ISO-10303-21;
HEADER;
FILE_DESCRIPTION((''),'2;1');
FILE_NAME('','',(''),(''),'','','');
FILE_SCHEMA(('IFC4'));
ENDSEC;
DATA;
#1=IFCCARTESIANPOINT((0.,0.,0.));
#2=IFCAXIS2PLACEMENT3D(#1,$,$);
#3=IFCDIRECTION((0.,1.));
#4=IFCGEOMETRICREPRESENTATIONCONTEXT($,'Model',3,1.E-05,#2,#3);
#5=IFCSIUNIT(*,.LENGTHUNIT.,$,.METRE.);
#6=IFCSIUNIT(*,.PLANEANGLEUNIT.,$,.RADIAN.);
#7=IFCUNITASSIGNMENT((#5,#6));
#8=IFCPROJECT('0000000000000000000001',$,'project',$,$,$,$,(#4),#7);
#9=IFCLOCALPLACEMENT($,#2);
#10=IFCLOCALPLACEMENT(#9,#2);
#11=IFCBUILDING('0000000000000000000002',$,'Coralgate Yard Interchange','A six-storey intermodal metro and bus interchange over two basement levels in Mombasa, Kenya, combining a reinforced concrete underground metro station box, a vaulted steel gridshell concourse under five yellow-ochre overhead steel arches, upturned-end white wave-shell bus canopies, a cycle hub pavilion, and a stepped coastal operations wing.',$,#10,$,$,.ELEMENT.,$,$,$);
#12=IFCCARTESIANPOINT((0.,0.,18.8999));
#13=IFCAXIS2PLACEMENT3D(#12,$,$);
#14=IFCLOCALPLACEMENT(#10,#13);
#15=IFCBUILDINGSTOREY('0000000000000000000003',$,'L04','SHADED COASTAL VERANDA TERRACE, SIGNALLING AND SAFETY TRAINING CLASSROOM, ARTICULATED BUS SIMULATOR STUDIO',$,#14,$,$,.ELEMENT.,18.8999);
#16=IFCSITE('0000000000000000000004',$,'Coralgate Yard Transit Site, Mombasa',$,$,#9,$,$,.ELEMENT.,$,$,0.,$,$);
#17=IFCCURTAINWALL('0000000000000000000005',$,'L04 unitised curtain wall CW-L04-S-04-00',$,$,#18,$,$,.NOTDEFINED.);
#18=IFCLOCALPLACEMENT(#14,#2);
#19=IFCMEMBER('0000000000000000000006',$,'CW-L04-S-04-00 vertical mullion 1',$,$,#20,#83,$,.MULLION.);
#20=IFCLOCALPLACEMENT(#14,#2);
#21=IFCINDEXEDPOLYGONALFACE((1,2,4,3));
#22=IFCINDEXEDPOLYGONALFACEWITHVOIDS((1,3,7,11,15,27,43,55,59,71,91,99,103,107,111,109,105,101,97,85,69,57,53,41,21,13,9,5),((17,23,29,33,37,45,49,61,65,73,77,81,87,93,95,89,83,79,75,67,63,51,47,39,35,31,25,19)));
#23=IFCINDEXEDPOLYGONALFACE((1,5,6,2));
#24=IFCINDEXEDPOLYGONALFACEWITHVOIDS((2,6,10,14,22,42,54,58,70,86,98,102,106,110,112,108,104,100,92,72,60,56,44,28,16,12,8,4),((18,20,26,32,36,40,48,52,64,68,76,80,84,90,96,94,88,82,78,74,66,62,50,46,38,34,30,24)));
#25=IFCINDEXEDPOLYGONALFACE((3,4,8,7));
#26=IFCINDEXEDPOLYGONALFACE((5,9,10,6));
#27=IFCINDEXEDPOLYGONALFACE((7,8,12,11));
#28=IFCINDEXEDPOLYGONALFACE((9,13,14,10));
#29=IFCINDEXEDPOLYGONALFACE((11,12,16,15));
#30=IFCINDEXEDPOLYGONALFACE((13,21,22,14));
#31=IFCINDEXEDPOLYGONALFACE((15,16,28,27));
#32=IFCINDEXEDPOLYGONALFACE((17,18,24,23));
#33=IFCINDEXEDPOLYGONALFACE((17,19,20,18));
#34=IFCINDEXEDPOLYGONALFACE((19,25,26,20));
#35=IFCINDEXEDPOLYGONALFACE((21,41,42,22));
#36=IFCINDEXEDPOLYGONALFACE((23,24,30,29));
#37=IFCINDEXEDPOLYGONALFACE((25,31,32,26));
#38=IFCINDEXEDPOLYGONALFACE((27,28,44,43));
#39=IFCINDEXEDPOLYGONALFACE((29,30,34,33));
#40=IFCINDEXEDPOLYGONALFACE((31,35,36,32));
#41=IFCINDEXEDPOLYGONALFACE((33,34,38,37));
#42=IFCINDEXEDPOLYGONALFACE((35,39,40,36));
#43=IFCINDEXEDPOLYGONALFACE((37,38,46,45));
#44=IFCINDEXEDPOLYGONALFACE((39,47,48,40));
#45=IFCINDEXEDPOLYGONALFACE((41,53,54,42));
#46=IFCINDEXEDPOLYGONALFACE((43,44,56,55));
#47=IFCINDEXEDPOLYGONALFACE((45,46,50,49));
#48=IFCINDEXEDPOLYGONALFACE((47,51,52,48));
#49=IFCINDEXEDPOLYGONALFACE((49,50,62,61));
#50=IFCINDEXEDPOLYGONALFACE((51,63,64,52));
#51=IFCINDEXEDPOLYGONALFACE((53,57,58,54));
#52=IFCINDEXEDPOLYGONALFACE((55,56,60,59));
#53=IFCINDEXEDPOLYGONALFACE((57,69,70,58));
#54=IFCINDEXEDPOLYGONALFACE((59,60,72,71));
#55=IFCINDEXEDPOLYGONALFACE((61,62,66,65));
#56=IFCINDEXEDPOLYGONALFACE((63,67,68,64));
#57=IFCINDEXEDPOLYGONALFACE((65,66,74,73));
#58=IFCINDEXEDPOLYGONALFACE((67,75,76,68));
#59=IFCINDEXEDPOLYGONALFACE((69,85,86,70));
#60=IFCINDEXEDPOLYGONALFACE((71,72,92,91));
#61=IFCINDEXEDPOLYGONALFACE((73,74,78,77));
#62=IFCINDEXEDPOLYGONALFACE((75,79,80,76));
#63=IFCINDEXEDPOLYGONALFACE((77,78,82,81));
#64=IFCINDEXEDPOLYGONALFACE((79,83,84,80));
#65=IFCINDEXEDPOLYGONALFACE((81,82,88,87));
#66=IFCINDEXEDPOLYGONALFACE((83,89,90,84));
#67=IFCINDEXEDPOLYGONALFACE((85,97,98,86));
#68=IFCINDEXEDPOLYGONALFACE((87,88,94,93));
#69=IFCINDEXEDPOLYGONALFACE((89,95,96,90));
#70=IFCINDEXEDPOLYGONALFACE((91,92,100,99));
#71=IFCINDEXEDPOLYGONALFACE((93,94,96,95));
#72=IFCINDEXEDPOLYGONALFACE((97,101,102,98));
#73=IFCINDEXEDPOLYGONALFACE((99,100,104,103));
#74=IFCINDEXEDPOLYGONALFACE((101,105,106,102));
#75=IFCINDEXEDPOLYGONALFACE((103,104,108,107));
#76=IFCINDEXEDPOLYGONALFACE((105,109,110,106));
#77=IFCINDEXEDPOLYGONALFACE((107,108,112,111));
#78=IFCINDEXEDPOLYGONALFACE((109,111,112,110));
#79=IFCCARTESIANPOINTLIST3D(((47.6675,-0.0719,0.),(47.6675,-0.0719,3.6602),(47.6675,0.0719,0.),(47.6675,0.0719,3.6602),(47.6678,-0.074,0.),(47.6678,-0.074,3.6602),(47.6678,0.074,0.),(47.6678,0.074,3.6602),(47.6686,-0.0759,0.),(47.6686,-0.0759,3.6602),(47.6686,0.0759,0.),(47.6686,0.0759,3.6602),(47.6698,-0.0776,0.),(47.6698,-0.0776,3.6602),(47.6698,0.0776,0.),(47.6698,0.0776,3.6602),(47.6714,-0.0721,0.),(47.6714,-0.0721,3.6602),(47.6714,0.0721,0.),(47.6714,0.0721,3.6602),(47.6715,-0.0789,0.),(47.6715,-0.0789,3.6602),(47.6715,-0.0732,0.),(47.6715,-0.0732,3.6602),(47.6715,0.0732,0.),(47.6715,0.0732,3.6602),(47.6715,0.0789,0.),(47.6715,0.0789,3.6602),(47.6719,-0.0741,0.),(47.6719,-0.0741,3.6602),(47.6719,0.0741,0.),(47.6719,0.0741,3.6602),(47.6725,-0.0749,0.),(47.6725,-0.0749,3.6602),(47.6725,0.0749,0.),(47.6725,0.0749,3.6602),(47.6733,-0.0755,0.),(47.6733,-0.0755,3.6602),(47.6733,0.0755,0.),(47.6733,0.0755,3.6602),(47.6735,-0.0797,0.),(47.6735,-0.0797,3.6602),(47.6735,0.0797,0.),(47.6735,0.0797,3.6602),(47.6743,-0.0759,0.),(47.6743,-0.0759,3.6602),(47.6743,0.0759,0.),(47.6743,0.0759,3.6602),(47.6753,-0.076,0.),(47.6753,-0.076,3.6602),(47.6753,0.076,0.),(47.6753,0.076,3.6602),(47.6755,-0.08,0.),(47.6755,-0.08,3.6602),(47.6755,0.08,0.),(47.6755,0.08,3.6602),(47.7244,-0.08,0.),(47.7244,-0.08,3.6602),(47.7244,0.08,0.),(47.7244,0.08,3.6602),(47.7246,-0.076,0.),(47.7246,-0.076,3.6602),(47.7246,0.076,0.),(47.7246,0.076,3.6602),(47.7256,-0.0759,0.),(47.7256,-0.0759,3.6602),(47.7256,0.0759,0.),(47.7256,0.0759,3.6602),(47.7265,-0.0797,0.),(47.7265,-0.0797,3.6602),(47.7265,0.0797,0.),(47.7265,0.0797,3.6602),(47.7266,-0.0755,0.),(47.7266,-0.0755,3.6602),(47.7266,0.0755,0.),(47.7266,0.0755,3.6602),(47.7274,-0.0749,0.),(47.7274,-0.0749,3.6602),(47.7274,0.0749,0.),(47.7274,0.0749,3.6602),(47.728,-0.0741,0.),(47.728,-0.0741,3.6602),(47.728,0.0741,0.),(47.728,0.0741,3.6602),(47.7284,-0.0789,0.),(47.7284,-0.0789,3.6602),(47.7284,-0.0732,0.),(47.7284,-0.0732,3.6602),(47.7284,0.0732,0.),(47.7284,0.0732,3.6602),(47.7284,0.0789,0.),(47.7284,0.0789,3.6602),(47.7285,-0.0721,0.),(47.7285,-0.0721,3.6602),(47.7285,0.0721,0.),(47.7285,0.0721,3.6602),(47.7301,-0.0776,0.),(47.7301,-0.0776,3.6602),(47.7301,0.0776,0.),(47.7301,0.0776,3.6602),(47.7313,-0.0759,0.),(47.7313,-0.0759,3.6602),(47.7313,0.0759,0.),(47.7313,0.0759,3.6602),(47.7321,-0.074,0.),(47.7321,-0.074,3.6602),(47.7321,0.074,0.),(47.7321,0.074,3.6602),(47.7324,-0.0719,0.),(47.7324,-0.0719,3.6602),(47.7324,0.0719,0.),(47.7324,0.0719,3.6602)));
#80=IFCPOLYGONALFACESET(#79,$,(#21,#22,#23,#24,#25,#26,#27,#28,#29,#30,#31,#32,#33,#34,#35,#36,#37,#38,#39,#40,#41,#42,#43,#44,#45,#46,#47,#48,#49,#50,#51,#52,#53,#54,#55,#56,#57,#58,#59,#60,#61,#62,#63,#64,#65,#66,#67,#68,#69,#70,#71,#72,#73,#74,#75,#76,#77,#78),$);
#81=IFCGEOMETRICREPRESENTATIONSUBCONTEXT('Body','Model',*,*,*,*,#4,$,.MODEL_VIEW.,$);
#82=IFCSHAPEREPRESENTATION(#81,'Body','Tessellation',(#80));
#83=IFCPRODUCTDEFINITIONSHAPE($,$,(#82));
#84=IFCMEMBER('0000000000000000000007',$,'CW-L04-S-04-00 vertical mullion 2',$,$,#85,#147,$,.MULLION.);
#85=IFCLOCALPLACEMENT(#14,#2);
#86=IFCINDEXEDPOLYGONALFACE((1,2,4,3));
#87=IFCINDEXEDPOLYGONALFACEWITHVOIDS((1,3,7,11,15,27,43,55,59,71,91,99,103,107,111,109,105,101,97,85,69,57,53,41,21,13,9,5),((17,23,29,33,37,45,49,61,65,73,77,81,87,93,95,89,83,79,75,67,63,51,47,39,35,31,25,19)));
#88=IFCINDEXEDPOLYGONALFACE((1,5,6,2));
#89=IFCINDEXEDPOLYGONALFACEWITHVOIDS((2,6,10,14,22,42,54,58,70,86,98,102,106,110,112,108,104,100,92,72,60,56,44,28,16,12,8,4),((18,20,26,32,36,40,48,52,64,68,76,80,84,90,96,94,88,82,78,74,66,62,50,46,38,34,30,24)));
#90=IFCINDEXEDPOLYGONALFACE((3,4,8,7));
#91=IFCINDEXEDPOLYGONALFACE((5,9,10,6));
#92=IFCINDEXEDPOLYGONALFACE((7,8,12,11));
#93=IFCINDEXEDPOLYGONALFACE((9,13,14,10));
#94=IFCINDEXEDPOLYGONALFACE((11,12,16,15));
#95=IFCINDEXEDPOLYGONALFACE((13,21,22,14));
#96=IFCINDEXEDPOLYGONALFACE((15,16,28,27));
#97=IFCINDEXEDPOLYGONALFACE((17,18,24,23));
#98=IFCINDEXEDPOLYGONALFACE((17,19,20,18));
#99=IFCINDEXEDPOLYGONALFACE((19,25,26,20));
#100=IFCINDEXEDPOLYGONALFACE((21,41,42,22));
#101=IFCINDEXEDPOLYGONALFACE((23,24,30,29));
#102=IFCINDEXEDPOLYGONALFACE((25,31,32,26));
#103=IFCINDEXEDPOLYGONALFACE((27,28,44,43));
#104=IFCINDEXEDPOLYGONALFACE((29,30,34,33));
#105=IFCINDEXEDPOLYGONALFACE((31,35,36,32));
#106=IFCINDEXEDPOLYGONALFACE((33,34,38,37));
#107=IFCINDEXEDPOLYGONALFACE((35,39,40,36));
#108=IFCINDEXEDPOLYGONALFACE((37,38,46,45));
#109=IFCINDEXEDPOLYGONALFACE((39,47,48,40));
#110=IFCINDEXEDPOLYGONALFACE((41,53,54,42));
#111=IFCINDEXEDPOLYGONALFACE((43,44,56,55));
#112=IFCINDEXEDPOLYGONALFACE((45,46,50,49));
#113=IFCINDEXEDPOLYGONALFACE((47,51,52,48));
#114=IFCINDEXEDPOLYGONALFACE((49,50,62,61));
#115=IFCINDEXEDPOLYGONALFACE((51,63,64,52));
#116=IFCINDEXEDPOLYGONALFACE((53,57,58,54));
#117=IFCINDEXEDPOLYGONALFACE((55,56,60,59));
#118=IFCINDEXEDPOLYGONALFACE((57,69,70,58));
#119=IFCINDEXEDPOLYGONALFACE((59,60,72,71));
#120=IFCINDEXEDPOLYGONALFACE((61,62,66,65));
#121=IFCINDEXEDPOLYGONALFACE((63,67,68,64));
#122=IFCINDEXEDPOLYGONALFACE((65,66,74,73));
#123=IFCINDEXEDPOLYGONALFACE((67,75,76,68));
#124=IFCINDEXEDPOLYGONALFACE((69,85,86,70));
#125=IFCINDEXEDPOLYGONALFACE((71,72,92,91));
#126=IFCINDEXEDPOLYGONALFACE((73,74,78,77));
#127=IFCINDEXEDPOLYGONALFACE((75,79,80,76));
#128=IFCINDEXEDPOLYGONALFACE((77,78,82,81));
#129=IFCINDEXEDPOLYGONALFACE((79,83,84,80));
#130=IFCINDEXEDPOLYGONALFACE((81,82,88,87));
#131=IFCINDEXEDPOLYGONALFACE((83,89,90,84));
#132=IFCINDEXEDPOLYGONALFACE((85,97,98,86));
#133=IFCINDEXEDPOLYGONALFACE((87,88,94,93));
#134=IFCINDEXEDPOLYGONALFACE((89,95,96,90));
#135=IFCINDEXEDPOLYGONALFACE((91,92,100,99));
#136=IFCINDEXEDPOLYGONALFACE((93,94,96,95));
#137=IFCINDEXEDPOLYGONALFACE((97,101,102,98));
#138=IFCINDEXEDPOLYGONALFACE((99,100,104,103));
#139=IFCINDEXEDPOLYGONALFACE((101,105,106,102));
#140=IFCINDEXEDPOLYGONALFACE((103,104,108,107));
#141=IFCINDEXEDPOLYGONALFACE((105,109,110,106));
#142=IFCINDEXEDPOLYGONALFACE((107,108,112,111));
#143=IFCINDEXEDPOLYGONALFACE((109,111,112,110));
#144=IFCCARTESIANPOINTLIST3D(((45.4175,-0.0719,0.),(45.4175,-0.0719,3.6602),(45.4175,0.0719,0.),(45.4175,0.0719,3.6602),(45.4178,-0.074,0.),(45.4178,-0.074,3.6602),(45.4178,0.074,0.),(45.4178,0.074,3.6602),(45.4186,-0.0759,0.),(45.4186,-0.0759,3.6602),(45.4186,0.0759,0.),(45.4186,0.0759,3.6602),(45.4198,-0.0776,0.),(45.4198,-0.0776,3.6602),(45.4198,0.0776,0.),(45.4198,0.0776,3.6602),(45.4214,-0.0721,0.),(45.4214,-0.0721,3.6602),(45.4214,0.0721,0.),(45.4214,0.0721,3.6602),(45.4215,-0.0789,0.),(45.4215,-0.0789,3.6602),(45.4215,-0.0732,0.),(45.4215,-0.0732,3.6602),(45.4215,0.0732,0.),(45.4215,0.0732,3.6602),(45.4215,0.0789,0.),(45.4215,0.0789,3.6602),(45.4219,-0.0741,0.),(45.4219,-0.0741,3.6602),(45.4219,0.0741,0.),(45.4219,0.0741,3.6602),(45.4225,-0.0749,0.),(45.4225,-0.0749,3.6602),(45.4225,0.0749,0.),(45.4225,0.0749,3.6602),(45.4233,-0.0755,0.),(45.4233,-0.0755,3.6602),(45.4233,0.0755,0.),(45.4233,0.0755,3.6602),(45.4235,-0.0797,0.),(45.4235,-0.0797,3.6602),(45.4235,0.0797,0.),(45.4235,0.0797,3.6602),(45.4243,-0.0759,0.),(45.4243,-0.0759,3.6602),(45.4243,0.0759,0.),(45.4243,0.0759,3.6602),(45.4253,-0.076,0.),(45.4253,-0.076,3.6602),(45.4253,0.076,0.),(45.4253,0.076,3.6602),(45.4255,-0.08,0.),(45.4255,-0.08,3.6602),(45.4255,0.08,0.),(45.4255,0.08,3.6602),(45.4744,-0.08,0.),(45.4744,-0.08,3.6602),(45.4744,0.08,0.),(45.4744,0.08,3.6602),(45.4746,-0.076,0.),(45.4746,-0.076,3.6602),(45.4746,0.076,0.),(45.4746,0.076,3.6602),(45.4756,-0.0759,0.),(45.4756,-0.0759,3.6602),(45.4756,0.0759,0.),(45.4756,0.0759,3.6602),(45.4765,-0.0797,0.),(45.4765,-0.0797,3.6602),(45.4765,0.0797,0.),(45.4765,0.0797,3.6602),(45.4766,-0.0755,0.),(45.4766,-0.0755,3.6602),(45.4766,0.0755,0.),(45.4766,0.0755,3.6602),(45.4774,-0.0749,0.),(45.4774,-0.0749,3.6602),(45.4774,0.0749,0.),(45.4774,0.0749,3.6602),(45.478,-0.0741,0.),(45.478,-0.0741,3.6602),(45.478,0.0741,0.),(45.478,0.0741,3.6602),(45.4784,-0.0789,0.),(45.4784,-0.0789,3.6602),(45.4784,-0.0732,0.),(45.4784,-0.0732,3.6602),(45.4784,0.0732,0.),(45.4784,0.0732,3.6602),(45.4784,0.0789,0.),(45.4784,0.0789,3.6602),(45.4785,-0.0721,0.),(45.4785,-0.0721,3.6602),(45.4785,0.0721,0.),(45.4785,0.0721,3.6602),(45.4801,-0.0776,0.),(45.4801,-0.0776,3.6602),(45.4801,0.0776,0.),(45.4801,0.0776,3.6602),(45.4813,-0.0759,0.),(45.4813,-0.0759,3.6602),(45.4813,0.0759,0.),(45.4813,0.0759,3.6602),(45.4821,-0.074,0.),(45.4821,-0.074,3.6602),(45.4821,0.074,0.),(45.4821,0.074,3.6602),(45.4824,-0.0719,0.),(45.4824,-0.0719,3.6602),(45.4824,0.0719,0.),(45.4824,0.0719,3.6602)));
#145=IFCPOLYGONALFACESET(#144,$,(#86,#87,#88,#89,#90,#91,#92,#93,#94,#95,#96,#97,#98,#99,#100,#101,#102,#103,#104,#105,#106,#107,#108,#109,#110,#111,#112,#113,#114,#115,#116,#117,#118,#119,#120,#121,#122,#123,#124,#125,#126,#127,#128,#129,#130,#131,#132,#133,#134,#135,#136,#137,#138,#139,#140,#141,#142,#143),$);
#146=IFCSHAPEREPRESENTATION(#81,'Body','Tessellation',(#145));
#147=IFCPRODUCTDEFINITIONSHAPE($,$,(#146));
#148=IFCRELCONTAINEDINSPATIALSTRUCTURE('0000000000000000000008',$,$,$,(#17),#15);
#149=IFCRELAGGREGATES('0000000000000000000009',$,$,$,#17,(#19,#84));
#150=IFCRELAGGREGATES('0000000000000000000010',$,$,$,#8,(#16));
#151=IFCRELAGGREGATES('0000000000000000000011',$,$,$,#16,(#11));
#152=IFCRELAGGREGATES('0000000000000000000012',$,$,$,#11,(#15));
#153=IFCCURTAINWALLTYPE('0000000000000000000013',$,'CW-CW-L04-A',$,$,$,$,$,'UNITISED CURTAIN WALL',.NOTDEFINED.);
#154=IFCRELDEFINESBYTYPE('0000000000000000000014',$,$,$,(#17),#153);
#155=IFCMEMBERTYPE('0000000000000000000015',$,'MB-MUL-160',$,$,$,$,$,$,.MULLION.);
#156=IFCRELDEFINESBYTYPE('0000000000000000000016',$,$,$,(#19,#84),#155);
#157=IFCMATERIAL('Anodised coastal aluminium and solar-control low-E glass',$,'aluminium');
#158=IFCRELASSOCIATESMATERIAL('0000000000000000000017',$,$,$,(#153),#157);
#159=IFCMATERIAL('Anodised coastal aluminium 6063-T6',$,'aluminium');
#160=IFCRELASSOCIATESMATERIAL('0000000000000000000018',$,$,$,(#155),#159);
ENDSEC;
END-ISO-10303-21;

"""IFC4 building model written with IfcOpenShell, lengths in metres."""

from ifc_helpers import new_model, si_unit, direction, frame, origin, origin_2d, place, context, subcontext, project, spatial, hollow_rectangle, extrude, material, material_profile, profile_set, type_object, element, aggregate, save


model = new_model("IFC4")

# Units and contexts
model_context = context("Model", 3, precision=1e-05, world=origin(), true_north=direction((0.0, 1.0)))
body_context = subcontext(model_context, "Body", "Model", "MODEL_VIEW")
ifc_project = project(units=[si_unit("LENGTHUNIT", "METRE"), si_unit("PLANEANGLEUNIT", "RADIAN")], contexts=[model_context])

# Site, building, storey
site_placement = place(None, origin())
site = spatial("IfcSite", under=ifc_project, at=site_placement, Name="Coralgate Yard Transit Site, Mombasa", CompositionType="ELEMENT", RefElevation=0.0)
building_placement = place(site_placement, origin())
building = spatial("IfcBuilding", under=site, at=building_placement, Name="Coralgate Yard Interchange", Description="A six-storey intermodal metro and bus interchange over two basement levels in Mombasa, Kenya, combining a reinforced concrete underground metro station box, a vaulted steel gridshell concourse under five yellow-ochre overhead steel arches, upturned-end white wave-shell bus canopies, a cycle hub pavilion, and a stepped coastal operations wing.", CompositionType="ELEMENT")
storey_placement = place(building_placement, frame((0.0, 0.0, 18.8999)))
storey = spatial("IfcBuildingStorey", under=building, at=storey_placement, Name="L04", Description="SHADED COASTAL VERANDA TERRACE, SIGNALLING AND SAFETY TRAINING CLASSROOM, ARTICULATED BUS SIMULATOR STUDIO", CompositionType="ELEMENT", Elevation=18.8999)

# Curtain wall, members
ifc_material_1 = material(Name="Anodised coastal aluminium and solar-control low-E glass", Category="aluminium")
curtain_wall_type = type_object("IfcCurtainWallType", Name="CW-CW-L04-A", ElementType="UNITISED CURTAIN WALL", PredefinedType="NOTDEFINED", material=ifc_material_1)
curtain_wall_placement = place(storey_placement, origin())
curtain_wall = element("IfcCurtainWall", 1, at=curtain_wall_placement, inside=storey, type_object=curtain_wall_type, Name="L04 unitised curtain wall CW-L04-S-04-00", PredefinedType="NOTDEFINED")
ifc_material_2 = material(Name="Anodised coastal aluminium 6063-T6", Category="aluminium")
ifc_material_profile_1 = material_profile(ifc_material_2, hollow_rectangle(XDim=0.0649, YDim=0.1599, WallThickness=0.0039, InnerFilletRadius=0.0039, OuterFilletRadius=0.0081, at=origin_2d()), Name="ALU 65x160x4")
ifc_profile_set_1 = profile_set([ifc_material_profile_1], Name="Anodised coastal aluminium 6063-T6")
member_type_1 = type_object("IfcMemberType", Name="MB-MUL-160", PredefinedType="MULLION", material=ifc_profile_set_1)
member_1_placement = place(storey_placement, frame((47.7, 0.0, 0.0), z_axis=(0.0, 0.0, 1.0), x_axis=(1.0, 0.0, 0.0)))
member_1 = element("IfcMember", 2, at=member_1_placement, type_object=member_type_1, Name="CW-L04-S-04-00 vertical mullion 1", PredefinedType="MULLION", context=body_context, shape_type="SweptSolid", body=[
    extrude(hollow_rectangle(XDim=0.0649, YDim=0.1599, WallThickness=0.0039, InnerFilletRadius=0.0039, OuterFilletRadius=0.0081, at=origin_2d()), origin(), (0.0, 0.0, 1.0), 3.6602),
])
member_2_placement = place(storey_placement, frame((45.45, 0.0, 0.0), z_axis=(0.0, 0.0, 1.0), x_axis=(1.0, 0.0, 0.0)))
member_2 = element("IfcMember", 3, at=member_2_placement, type_object=member_type_1, Name="CW-L04-S-04-00 vertical mullion 2", PredefinedType="MULLION", context=body_context, shape_type="SweptSolid", body=[
    extrude(hollow_rectangle(XDim=0.0649, YDim=0.1599, WallThickness=0.0039, InnerFilletRadius=0.0039, OuterFilletRadius=0.0081, at=origin_2d()), origin(), (0.0, 0.0, 1.0), 3.6602),
])
aggregate(curtain_wall, [member_1, member_2])

save(model, "model.ifc")
